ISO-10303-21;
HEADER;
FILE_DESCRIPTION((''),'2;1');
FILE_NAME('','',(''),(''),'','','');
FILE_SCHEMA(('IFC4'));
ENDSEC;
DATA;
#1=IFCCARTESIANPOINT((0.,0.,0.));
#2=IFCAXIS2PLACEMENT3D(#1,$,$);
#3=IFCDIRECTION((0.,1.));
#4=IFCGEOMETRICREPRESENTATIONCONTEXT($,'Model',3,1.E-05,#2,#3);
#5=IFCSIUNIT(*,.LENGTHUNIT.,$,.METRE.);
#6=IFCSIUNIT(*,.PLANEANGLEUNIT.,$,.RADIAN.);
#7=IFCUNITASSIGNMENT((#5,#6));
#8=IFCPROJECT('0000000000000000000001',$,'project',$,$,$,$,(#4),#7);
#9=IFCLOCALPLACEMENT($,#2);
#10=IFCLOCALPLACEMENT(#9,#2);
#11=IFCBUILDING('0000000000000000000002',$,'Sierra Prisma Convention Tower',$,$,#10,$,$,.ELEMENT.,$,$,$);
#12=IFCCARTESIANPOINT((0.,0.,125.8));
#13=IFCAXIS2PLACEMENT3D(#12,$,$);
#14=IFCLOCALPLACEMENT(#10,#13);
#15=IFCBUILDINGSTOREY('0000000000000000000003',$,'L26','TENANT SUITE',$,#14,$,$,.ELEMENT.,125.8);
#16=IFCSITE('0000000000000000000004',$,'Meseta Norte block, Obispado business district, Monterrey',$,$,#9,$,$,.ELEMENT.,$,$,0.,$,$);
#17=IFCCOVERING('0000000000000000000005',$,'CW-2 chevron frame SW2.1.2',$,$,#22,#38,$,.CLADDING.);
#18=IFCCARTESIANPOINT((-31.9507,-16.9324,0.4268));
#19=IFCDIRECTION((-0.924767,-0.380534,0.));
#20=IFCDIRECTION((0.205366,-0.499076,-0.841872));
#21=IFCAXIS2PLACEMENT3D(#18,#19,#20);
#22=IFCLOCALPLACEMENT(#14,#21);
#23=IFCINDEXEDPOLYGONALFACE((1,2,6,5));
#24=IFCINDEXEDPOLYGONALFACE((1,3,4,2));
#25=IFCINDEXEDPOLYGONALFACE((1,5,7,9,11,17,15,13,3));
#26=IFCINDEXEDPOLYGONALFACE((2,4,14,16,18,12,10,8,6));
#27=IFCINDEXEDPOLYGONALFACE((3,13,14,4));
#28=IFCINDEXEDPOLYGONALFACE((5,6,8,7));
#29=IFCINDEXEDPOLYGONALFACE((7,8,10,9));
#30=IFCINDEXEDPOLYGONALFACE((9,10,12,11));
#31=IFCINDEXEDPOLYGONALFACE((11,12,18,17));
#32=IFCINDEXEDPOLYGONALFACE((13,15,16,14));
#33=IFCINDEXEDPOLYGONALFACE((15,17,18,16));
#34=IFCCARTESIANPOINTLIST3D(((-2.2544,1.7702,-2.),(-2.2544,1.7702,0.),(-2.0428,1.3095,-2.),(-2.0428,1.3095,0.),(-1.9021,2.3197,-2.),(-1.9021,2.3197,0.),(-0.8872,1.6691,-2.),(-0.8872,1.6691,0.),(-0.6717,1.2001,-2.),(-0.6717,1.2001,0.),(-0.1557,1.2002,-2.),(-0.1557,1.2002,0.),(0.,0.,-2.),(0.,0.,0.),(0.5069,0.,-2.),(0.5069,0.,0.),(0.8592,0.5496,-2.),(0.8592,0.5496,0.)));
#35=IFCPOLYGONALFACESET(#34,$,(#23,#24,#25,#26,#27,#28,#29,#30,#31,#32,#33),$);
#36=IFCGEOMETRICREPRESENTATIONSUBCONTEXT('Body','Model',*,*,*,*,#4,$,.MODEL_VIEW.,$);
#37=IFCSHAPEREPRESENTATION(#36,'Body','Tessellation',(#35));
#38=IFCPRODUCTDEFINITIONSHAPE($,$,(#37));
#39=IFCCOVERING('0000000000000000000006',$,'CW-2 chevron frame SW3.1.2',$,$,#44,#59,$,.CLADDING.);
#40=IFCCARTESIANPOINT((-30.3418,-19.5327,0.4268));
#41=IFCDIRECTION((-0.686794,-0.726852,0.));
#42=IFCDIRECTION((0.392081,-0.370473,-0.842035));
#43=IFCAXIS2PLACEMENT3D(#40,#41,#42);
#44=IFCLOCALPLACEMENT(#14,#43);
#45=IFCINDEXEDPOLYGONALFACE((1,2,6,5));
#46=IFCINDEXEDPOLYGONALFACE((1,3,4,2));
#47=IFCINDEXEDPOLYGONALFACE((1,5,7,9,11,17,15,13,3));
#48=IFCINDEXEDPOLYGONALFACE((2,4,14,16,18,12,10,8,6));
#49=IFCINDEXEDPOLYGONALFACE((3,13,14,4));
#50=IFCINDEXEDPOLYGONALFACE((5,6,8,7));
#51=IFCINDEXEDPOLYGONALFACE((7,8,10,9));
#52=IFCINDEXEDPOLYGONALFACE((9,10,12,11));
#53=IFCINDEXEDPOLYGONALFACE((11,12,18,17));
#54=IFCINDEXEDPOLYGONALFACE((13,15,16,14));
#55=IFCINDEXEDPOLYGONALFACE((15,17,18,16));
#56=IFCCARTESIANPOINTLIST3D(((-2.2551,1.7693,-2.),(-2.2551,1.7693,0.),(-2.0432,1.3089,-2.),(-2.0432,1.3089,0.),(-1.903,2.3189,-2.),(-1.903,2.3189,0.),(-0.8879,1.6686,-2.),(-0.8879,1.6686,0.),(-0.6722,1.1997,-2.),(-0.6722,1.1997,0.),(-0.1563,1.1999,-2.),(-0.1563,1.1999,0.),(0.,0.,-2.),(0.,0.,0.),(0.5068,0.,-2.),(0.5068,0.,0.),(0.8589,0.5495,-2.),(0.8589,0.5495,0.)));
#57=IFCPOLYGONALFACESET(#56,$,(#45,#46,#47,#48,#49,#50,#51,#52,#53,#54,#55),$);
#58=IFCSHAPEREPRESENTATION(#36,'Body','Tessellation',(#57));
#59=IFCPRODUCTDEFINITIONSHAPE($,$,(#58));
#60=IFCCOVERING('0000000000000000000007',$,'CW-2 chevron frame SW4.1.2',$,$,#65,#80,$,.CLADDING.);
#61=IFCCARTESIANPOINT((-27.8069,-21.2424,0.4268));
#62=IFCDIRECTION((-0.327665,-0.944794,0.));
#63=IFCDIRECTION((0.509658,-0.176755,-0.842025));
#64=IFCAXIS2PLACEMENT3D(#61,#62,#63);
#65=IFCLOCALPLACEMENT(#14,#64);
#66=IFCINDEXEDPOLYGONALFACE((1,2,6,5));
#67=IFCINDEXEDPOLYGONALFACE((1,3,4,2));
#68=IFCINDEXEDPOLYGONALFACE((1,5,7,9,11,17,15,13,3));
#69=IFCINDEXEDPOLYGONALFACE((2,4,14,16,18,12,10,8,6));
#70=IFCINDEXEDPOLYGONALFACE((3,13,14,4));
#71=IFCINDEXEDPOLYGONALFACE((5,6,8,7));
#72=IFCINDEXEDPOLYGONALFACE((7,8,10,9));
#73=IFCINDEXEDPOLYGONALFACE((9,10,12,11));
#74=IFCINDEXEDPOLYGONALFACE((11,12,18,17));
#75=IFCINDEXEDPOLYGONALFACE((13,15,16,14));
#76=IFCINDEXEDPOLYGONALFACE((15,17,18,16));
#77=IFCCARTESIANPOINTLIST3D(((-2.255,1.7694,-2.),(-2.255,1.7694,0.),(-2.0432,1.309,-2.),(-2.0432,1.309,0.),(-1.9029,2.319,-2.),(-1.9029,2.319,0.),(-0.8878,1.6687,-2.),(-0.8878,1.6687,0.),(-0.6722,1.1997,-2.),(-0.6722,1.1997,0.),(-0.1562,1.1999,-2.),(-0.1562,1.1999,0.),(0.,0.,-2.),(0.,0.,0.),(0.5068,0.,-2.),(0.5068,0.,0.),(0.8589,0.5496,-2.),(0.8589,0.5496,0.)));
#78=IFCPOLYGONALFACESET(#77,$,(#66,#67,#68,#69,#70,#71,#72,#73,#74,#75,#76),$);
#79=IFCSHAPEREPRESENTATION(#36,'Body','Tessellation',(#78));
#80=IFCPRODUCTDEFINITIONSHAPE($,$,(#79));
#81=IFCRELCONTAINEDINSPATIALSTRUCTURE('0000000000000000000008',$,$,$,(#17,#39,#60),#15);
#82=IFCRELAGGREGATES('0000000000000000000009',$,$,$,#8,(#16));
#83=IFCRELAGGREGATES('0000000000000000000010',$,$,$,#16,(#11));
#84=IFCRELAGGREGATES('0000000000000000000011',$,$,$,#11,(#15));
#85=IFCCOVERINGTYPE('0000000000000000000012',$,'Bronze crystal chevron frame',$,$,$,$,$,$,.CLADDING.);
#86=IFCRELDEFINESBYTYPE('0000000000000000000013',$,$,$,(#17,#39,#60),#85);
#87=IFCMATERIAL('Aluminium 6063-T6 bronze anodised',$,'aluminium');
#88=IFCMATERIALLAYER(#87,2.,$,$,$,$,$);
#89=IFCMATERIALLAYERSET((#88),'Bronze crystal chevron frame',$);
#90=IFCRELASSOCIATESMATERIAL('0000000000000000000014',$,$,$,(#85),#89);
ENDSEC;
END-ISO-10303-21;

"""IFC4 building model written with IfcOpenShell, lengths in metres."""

from ifc_helpers import new_model, si_unit, direction, frame, origin, place, context, subcontext, project, spatial, polyline, outline, extrude, material, layer, layer_set, type_object, element, save


model = new_model("IFC4")

# Units and contexts
model_context = context("Model", 3, precision=1e-05, world=origin(), true_north=direction((0.0, 1.0)))
body_context = subcontext(model_context, "Body", "Model", "MODEL_VIEW")
ifc_project = project(units=[si_unit("LENGTHUNIT", "METRE"), si_unit("PLANEANGLEUNIT", "RADIAN")], contexts=[model_context])

# Site, building, storey
site_placement = place(None, origin())
site = spatial("IfcSite", under=ifc_project, at=site_placement, Name="Meseta Norte block, Obispado business district, Monterrey", CompositionType="ELEMENT", RefElevation=0.0)
building_placement = place(site_placement, origin())
building = spatial("IfcBuilding", under=site, at=building_placement, Name="Sierra Prisma Convention Tower", CompositionType="ELEMENT")
storey_placement = place(building_placement, frame((0.0, 0.0, 125.8)))
storey = spatial("IfcBuildingStorey", under=building, at=storey_placement, Name="L26", Description="TENANT SUITE", CompositionType="ELEMENT", Elevation=125.8)

# Coverings
ifc_material_1 = material(Name="Aluminium 6063-T6 bronze anodised", Category="aluminium")
ifc_layer_1 = layer(ifc_material_1, 2.0)
ifc_layer_set_1 = layer_set([ifc_layer_1], Name="Bronze crystal chevron frame")
covering_type = type_object("IfcCoveringType", Name="Bronze crystal chevron frame", PredefinedType="CLADDING", material=ifc_layer_set_1)
covering_1_placement = place(storey_placement, frame((-31.9507, -16.9324, 0.4268), z_axis=(-0.924767, -0.380534, 0.0), x_axis=(0.205366, -0.499076, -0.841872)))
element("IfcCovering", 1, at=covering_1_placement, inside=storey, type_object=covering_type, Name="CW-2 chevron frame SW2.1.2", PredefinedType="CLADDING", context=body_context, shape_type="SweptSolid", body=[
    extrude(outline(polyline([(0.0, 0.0), (0.5069, 0.0), (0.8592, 0.5496), (-0.1557, 1.2002), (-0.6717, 1.2001), (-0.8872, 1.6691), (-1.9021, 2.3197), (-2.2544, 1.7702), (-2.0428, 1.3095), (0.0, 0.0)])), origin(), (0.0, 0.0, -1.0), 2.0),
])
covering_2_placement = place(storey_placement, frame((-30.3418, -19.5327, 0.4268), z_axis=(-0.686794, -0.726852, 0.0), x_axis=(0.392081, -0.370473, -0.842035)))
element("IfcCovering", 2, at=covering_2_placement, inside=storey, type_object=covering_type, Name="CW-2 chevron frame SW3.1.2", PredefinedType="CLADDING", context=body_context, shape_type="SweptSolid", body=[
    extrude(outline(polyline([(0.0, 0.0), (0.5068, 0.0), (0.8589, 0.5495), (-0.1563, 1.1999), (-0.6722, 1.1997), (-0.8879, 1.6686), (-1.903, 2.3189), (-2.2551, 1.7693), (-2.0432, 1.3089), (0.0, 0.0)])), origin(), (0.0, 0.0, -1.0), 2.0),
])
covering_3_placement = place(storey_placement, frame((-27.8069, -21.2424, 0.4268), z_axis=(-0.327665, -0.944794, 0.0), x_axis=(0.509658, -0.176755, -0.842025)))
element("IfcCovering", 3, at=covering_3_placement, inside=storey, type_object=covering_type, Name="CW-2 chevron frame SW4.1.2", PredefinedType="CLADDING", context=body_context, shape_type="SweptSolid", body=[
    extrude(outline(polyline([(0.0, 0.0), (0.5068, 0.0), (0.8589, 0.5496), (-0.1562, 1.1999), (-0.6722, 1.1997), (-0.8878, 1.6687), (-1.9029, 2.319), (-2.255, 1.7694), (-2.0432, 1.309), (0.0, 0.0)])), origin(), (0.0, 0.0, -1.0), 2.0),
])

save(model, "model.ifc")
